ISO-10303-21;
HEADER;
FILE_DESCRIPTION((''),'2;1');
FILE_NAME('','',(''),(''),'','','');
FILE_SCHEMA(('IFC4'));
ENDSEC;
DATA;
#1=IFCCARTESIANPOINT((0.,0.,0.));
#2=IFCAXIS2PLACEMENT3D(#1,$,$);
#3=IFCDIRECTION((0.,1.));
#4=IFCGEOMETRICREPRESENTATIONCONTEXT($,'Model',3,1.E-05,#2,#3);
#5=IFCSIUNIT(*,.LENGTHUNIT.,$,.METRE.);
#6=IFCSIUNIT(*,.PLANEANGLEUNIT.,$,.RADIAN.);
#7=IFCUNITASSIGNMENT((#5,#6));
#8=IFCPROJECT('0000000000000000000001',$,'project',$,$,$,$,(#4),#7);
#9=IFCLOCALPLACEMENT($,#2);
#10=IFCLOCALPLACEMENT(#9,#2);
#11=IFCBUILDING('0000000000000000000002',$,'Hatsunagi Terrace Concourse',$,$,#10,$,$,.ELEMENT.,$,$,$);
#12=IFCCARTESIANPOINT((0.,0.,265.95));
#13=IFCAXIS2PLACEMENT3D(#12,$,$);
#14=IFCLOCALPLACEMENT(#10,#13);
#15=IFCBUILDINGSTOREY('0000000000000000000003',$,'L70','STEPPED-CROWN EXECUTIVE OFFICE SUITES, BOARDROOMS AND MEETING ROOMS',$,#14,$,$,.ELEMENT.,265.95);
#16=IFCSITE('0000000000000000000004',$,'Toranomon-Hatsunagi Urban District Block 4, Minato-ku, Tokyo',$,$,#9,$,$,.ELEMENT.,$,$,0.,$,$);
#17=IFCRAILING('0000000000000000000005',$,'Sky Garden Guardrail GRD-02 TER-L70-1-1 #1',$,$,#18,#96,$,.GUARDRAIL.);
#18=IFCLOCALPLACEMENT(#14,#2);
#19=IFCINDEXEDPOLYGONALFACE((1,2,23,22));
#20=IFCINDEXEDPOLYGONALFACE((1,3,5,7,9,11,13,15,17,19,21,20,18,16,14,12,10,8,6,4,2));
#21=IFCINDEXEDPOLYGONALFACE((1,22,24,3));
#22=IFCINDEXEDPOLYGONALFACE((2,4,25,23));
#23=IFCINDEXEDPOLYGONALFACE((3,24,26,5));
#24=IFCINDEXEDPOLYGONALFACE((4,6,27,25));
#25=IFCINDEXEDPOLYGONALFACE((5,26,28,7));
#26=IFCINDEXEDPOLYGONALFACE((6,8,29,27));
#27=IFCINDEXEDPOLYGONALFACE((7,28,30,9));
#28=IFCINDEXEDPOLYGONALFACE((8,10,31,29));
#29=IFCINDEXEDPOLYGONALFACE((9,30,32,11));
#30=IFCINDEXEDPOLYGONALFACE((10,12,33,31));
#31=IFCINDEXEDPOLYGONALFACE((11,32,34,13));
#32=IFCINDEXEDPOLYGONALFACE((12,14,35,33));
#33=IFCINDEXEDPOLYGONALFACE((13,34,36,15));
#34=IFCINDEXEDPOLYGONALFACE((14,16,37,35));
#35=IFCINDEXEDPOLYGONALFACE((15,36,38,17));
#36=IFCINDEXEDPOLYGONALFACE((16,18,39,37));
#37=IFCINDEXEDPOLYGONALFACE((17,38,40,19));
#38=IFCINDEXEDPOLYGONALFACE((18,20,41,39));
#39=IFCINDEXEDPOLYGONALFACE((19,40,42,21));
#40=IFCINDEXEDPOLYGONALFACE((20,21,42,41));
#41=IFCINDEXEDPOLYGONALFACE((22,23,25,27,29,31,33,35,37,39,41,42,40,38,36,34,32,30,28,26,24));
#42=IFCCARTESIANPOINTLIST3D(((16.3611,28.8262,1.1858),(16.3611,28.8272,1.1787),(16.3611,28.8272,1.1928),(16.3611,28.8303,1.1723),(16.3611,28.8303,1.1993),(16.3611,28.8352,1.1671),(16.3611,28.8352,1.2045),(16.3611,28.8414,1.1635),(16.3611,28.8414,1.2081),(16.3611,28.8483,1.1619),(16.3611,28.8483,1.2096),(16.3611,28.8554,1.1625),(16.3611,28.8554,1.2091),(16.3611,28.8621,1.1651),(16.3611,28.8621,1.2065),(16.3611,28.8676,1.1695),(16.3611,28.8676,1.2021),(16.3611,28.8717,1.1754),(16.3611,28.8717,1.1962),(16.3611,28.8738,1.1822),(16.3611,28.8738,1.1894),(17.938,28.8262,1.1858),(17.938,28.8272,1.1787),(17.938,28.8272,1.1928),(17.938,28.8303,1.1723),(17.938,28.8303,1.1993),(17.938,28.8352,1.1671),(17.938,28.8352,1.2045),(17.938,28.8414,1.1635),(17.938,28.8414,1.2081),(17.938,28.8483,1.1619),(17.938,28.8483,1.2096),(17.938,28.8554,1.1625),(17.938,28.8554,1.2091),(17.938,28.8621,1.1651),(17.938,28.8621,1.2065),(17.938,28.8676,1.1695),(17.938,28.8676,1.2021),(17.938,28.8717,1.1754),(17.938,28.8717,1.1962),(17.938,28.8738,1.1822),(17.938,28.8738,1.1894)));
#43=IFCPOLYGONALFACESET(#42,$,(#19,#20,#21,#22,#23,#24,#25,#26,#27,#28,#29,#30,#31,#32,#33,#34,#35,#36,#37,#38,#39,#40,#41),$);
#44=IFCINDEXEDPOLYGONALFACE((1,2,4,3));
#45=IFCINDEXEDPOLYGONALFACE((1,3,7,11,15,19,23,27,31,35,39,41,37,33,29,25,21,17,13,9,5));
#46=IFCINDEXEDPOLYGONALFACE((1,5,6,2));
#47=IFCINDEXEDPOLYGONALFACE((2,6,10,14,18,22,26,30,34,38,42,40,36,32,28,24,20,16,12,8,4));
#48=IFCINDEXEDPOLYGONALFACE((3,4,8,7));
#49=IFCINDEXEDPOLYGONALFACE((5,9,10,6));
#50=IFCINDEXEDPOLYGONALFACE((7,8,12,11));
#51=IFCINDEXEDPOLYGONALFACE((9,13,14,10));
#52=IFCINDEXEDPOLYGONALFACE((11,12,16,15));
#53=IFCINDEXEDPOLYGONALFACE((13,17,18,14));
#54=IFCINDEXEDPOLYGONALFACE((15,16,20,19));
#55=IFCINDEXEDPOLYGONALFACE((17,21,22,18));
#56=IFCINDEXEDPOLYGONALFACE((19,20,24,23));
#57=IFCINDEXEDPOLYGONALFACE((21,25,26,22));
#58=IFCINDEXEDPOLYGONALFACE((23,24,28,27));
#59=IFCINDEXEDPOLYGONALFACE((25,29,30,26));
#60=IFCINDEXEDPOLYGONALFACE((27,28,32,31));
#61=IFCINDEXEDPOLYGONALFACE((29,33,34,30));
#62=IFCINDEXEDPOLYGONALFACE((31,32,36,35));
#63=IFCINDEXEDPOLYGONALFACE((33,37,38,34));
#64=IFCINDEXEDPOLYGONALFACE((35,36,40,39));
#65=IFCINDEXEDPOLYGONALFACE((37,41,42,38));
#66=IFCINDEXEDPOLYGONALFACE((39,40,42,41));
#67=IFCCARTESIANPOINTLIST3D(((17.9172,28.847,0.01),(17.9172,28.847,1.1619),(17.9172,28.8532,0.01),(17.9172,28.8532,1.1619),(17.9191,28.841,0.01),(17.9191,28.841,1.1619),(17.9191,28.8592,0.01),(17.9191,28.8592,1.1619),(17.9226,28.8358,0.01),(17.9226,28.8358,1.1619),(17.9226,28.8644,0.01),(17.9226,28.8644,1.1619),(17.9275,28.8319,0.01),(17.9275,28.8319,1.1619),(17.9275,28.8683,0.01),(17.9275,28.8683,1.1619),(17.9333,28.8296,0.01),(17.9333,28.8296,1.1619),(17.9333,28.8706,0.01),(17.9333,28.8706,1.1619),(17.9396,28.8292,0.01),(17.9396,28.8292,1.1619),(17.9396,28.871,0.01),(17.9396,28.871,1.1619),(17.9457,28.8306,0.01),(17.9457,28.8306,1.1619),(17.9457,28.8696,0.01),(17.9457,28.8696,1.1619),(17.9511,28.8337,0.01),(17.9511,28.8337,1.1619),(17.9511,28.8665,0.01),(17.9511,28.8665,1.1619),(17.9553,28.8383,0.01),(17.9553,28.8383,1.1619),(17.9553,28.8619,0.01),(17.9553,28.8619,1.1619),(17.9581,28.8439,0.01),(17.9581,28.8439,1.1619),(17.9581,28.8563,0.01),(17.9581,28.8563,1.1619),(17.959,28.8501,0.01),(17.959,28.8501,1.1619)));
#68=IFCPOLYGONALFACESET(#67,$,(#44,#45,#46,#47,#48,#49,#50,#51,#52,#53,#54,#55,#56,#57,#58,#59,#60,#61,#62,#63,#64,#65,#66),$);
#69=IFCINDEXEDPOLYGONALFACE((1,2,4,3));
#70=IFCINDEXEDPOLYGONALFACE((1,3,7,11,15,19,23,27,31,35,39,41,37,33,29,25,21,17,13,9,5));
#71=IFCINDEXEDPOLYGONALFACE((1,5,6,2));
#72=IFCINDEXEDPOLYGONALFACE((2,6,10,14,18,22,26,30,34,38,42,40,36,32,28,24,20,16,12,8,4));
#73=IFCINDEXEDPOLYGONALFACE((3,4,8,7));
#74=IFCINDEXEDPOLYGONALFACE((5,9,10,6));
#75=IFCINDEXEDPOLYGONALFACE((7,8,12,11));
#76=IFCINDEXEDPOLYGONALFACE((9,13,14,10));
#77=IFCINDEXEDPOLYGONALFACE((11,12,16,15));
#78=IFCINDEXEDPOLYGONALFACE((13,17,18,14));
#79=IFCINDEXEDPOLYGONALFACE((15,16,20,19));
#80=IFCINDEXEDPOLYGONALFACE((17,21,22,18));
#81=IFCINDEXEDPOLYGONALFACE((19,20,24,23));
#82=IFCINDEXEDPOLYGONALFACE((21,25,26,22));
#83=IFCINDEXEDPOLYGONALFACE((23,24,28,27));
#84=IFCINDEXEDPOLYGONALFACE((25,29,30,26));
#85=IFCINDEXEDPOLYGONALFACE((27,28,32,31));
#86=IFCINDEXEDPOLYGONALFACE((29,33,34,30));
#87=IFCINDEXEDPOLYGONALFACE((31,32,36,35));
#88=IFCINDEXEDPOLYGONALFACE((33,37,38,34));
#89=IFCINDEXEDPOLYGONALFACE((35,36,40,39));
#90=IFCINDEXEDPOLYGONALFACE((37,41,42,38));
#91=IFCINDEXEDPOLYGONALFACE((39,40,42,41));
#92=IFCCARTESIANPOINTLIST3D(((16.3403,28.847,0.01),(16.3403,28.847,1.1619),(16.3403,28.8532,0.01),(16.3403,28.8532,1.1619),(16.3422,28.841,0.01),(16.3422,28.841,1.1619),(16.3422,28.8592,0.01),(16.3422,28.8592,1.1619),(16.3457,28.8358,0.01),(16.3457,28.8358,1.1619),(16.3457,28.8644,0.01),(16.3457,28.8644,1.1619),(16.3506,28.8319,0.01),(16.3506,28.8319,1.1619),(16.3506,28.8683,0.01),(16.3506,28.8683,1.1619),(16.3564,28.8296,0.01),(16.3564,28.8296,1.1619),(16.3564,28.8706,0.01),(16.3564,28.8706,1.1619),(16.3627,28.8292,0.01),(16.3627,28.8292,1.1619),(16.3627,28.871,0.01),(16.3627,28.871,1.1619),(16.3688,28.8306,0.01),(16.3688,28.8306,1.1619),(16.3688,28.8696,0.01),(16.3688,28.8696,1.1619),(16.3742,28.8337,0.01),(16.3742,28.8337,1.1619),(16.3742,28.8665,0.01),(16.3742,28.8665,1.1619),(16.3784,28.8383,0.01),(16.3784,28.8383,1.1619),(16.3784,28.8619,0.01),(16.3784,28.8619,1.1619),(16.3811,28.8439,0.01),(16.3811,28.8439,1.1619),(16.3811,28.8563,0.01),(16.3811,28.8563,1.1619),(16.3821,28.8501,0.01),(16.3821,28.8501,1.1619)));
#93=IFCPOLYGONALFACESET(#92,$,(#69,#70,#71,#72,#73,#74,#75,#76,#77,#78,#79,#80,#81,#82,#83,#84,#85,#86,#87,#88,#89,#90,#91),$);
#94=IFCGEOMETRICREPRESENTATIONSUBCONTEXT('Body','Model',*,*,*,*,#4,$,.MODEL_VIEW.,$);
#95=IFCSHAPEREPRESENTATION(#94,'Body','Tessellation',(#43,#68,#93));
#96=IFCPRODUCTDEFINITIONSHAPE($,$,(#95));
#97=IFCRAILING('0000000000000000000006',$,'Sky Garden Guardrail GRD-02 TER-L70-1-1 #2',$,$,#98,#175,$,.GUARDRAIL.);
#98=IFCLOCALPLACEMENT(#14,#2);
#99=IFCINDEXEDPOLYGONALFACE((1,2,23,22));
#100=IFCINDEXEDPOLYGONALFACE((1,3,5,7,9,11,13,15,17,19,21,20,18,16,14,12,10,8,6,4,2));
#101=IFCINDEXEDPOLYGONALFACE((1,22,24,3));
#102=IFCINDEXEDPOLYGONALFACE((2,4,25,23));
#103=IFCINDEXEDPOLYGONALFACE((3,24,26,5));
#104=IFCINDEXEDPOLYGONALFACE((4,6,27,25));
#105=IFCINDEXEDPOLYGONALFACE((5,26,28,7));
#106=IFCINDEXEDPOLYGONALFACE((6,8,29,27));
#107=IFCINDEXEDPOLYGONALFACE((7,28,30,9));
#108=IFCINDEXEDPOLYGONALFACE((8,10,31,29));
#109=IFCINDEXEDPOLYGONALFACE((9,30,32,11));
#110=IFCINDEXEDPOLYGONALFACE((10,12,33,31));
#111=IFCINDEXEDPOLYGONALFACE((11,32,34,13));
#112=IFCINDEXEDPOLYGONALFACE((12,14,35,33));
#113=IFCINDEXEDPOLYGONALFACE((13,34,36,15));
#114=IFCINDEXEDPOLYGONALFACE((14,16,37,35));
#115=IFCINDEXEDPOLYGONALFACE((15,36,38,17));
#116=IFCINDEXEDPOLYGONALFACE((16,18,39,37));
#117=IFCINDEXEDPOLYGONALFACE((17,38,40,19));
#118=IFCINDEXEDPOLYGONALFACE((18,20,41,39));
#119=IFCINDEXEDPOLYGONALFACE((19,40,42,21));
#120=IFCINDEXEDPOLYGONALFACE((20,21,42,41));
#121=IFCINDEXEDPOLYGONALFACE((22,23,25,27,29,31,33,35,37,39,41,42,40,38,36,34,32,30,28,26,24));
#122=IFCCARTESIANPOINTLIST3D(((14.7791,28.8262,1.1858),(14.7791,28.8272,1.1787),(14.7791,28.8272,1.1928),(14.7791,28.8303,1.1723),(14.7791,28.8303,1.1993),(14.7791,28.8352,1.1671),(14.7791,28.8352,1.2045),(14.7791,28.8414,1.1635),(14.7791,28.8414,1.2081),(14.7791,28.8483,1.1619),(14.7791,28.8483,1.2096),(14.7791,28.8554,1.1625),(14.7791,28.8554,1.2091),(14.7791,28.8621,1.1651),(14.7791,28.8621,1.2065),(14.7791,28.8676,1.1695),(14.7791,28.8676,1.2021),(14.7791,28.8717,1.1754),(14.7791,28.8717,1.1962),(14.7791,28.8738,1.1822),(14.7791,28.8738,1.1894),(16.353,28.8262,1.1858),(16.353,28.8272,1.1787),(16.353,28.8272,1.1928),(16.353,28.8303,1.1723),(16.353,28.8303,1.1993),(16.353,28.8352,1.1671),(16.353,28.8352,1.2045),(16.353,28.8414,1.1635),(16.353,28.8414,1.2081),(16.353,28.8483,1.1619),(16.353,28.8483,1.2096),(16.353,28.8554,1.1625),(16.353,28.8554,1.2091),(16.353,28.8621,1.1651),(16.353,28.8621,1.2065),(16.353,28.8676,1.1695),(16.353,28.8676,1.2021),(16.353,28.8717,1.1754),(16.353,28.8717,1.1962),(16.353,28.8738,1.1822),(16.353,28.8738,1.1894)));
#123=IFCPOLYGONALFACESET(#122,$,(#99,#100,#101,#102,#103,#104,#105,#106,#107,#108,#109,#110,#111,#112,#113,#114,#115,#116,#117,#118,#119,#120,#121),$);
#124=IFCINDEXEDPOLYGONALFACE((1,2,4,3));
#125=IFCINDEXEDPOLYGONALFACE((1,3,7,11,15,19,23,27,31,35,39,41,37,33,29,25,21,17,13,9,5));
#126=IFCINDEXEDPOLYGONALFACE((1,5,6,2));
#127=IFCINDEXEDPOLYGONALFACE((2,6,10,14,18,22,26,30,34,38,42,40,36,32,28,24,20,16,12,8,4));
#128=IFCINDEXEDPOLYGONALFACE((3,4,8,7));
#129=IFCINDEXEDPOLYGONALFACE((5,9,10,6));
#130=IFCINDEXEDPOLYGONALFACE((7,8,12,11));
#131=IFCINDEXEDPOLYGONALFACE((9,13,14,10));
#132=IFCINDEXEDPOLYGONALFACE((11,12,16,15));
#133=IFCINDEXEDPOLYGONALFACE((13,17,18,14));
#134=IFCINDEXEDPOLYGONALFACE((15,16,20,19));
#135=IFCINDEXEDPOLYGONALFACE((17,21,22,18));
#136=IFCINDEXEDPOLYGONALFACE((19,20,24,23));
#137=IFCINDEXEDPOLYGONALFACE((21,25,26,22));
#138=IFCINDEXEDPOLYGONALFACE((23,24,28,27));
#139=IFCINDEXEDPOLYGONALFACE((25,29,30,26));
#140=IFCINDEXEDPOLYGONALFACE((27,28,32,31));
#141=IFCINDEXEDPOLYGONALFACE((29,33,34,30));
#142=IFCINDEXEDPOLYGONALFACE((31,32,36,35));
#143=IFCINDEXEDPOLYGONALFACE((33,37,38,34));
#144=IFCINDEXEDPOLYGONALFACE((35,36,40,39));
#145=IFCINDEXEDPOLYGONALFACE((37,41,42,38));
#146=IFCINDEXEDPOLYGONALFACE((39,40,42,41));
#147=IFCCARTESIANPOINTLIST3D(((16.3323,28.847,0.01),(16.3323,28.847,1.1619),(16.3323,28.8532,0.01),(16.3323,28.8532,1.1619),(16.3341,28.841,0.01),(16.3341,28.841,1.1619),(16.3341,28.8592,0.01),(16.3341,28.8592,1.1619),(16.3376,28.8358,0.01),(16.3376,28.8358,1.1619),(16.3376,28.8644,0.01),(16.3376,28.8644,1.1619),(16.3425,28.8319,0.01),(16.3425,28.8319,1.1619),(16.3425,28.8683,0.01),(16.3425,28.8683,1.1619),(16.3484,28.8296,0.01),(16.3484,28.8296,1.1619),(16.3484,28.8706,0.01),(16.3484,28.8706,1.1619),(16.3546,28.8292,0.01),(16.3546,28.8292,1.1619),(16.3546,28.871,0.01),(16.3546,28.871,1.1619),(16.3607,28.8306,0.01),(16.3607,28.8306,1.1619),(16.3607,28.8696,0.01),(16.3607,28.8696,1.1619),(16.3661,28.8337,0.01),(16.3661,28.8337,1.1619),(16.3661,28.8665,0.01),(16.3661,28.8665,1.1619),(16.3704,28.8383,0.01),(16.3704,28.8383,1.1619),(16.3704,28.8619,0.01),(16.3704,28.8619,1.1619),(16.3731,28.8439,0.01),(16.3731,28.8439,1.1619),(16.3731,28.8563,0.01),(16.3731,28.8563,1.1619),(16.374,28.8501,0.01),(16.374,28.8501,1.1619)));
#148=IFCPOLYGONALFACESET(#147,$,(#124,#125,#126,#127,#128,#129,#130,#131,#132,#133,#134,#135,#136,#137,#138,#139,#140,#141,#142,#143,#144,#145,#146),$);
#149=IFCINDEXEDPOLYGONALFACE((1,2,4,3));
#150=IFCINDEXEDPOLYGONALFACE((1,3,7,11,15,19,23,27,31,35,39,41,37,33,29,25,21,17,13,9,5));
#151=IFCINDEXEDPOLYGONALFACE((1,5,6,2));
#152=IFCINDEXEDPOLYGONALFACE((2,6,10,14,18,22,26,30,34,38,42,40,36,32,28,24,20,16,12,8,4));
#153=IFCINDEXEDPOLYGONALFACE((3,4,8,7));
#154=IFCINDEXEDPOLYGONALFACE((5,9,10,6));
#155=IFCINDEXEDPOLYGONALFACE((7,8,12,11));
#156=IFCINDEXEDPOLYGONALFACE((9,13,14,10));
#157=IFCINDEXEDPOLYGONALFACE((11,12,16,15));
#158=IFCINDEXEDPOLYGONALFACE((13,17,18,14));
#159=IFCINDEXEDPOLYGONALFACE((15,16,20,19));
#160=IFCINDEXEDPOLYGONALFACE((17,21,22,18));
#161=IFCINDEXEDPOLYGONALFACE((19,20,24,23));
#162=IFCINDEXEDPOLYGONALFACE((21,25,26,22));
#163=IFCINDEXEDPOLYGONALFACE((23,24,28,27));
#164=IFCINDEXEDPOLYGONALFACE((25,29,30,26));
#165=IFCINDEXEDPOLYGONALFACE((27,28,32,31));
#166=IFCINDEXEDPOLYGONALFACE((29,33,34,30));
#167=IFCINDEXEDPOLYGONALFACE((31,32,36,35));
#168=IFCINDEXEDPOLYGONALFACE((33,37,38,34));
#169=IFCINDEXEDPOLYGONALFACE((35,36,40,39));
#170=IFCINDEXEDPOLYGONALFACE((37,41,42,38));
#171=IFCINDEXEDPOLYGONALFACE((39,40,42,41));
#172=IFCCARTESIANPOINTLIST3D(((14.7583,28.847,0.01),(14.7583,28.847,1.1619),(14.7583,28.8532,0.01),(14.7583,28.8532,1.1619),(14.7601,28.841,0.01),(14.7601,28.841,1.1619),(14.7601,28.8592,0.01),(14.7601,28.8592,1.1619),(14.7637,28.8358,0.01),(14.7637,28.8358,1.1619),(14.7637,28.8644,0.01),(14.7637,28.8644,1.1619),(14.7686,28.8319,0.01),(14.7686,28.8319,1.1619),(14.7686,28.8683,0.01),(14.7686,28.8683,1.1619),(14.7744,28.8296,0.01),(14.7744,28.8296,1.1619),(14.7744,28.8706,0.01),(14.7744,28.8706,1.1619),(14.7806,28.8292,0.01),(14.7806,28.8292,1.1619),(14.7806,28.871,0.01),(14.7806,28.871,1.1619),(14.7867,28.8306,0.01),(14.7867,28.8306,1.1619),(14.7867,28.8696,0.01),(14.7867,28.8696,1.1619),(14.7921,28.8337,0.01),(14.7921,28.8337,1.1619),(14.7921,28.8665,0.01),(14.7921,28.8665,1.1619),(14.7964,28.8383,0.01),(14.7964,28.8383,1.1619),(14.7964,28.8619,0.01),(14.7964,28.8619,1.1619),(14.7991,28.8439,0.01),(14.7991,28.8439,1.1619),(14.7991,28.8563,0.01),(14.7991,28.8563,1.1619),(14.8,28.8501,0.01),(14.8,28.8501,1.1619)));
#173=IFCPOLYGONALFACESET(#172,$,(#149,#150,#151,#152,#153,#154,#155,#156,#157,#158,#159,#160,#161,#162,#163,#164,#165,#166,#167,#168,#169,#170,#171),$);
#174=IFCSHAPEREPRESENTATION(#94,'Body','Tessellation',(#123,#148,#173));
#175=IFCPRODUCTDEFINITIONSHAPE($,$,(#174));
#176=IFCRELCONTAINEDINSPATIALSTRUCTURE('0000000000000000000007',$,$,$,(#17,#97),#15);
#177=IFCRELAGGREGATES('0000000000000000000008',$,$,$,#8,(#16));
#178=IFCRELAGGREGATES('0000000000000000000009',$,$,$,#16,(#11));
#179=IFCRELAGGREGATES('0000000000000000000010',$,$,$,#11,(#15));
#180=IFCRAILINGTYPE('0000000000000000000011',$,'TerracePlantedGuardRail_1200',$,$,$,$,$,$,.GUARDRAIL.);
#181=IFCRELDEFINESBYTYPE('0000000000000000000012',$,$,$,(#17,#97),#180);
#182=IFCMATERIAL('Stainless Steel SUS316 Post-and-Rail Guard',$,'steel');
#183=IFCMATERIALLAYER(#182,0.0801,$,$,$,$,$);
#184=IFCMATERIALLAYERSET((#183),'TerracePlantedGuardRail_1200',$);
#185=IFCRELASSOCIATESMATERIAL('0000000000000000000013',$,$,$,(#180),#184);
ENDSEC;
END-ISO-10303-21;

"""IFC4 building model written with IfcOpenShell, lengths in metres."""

from ifc_helpers import new_model, si_unit, direction, frame, origin, origin_2d, place, context, subcontext, project, spatial, circle, extrude, material, layer, layer_set, type_object, element, save


model = new_model("IFC4")

# Units and contexts
model_context = context("Model", 3, precision=1e-05, world=origin(), true_north=direction((0.0, 1.0)))
body_context = subcontext(model_context, "Body", "Model", "MODEL_VIEW")
ifc_project = project(units=[si_unit("LENGTHUNIT", "METRE"), si_unit("PLANEANGLEUNIT", "RADIAN")], contexts=[model_context])

# Site, building, storey
site_placement = place(None, origin())
site = spatial("IfcSite", under=ifc_project, at=site_placement, Name="Toranomon-Hatsunagi Urban District Block 4, Minato-ku, Tokyo", CompositionType="ELEMENT", RefElevation=0.0)
building_placement = place(site_placement, origin())
building = spatial("IfcBuilding", under=site, at=building_placement, Name="Hatsunagi Terrace Concourse", CompositionType="ELEMENT")
storey_placement = place(building_placement, frame((0.0, 0.0, 265.95)))
storey = spatial("IfcBuildingStorey", under=building, at=storey_placement, Name="L70", Description="STEPPED-CROWN EXECUTIVE OFFICE SUITES, BOARDROOMS AND MEETING ROOMS", CompositionType="ELEMENT", Elevation=265.95)

# Railings
ifc_material_1 = material(Name="Stainless Steel SUS316 Post-and-Rail Guard", Category="steel")
ifc_layer_1 = layer(ifc_material_1, 0.0801)
ifc_layer_set_1 = layer_set([ifc_layer_1], Name="TerracePlantedGuardRail_1200")
railing_type = type_object("IfcRailingType", Name="TerracePlantedGuardRail_1200", PredefinedType="GUARDRAIL", material=ifc_layer_set_1)
railing_1_placement = place(storey_placement, frame((17.938, 28.8501, 0.01)))
element("IfcRailing", 1, at=railing_1_placement, inside=storey, type_object=railing_type, Name="Sky Garden Guardrail GRD-02 TER-L70-1-1 #1", PredefinedType="GUARDRAIL", context=body_context, shape_type="SweptSolid", body=[
    extrude(circle(Radius=0.0239, at=origin_2d()), frame((0.0, 0.0, 1.1758), z_axis=(-1.0, 0.0, 0.0), x_axis=(0.0, -1.0, 0.0)), (0.0, 0.0, 1.0), 1.5769),
    extrude(circle(Radius=0.021, at=origin_2d()), origin(), (0.0, 0.0, 1.0), 1.1519),
    extrude(circle(Radius=0.021, at=origin_2d()), frame((-1.5769, 0.0, 0.0)), (0.0, 0.0, 1.0), 1.1519),
])
railing_2_placement = place(storey_placement, frame((16.353, 28.8501, 0.01)))
element("IfcRailing", 2, at=railing_2_placement, inside=storey, type_object=railing_type, Name="Sky Garden Guardrail GRD-02 TER-L70-1-1 #2", PredefinedType="GUARDRAIL", context=body_context, shape_type="SweptSolid", body=[
    extrude(circle(Radius=0.0239, at=origin_2d()), frame((0.0, 0.0, 1.1758), z_axis=(-1.0, 0.0, 0.0), x_axis=(0.0, -1.0, 0.0)), (0.0, 0.0, 1.0), 1.574),
    extrude(circle(Radius=0.021, at=origin_2d()), origin(), (0.0, 0.0, 1.0), 1.1519),
    extrude(circle(Radius=0.021, at=origin_2d()), frame((-1.574, 0.0, 0.0)), (0.0, 0.0, 1.0), 1.1519),
])

save(model, "model.ifc")
